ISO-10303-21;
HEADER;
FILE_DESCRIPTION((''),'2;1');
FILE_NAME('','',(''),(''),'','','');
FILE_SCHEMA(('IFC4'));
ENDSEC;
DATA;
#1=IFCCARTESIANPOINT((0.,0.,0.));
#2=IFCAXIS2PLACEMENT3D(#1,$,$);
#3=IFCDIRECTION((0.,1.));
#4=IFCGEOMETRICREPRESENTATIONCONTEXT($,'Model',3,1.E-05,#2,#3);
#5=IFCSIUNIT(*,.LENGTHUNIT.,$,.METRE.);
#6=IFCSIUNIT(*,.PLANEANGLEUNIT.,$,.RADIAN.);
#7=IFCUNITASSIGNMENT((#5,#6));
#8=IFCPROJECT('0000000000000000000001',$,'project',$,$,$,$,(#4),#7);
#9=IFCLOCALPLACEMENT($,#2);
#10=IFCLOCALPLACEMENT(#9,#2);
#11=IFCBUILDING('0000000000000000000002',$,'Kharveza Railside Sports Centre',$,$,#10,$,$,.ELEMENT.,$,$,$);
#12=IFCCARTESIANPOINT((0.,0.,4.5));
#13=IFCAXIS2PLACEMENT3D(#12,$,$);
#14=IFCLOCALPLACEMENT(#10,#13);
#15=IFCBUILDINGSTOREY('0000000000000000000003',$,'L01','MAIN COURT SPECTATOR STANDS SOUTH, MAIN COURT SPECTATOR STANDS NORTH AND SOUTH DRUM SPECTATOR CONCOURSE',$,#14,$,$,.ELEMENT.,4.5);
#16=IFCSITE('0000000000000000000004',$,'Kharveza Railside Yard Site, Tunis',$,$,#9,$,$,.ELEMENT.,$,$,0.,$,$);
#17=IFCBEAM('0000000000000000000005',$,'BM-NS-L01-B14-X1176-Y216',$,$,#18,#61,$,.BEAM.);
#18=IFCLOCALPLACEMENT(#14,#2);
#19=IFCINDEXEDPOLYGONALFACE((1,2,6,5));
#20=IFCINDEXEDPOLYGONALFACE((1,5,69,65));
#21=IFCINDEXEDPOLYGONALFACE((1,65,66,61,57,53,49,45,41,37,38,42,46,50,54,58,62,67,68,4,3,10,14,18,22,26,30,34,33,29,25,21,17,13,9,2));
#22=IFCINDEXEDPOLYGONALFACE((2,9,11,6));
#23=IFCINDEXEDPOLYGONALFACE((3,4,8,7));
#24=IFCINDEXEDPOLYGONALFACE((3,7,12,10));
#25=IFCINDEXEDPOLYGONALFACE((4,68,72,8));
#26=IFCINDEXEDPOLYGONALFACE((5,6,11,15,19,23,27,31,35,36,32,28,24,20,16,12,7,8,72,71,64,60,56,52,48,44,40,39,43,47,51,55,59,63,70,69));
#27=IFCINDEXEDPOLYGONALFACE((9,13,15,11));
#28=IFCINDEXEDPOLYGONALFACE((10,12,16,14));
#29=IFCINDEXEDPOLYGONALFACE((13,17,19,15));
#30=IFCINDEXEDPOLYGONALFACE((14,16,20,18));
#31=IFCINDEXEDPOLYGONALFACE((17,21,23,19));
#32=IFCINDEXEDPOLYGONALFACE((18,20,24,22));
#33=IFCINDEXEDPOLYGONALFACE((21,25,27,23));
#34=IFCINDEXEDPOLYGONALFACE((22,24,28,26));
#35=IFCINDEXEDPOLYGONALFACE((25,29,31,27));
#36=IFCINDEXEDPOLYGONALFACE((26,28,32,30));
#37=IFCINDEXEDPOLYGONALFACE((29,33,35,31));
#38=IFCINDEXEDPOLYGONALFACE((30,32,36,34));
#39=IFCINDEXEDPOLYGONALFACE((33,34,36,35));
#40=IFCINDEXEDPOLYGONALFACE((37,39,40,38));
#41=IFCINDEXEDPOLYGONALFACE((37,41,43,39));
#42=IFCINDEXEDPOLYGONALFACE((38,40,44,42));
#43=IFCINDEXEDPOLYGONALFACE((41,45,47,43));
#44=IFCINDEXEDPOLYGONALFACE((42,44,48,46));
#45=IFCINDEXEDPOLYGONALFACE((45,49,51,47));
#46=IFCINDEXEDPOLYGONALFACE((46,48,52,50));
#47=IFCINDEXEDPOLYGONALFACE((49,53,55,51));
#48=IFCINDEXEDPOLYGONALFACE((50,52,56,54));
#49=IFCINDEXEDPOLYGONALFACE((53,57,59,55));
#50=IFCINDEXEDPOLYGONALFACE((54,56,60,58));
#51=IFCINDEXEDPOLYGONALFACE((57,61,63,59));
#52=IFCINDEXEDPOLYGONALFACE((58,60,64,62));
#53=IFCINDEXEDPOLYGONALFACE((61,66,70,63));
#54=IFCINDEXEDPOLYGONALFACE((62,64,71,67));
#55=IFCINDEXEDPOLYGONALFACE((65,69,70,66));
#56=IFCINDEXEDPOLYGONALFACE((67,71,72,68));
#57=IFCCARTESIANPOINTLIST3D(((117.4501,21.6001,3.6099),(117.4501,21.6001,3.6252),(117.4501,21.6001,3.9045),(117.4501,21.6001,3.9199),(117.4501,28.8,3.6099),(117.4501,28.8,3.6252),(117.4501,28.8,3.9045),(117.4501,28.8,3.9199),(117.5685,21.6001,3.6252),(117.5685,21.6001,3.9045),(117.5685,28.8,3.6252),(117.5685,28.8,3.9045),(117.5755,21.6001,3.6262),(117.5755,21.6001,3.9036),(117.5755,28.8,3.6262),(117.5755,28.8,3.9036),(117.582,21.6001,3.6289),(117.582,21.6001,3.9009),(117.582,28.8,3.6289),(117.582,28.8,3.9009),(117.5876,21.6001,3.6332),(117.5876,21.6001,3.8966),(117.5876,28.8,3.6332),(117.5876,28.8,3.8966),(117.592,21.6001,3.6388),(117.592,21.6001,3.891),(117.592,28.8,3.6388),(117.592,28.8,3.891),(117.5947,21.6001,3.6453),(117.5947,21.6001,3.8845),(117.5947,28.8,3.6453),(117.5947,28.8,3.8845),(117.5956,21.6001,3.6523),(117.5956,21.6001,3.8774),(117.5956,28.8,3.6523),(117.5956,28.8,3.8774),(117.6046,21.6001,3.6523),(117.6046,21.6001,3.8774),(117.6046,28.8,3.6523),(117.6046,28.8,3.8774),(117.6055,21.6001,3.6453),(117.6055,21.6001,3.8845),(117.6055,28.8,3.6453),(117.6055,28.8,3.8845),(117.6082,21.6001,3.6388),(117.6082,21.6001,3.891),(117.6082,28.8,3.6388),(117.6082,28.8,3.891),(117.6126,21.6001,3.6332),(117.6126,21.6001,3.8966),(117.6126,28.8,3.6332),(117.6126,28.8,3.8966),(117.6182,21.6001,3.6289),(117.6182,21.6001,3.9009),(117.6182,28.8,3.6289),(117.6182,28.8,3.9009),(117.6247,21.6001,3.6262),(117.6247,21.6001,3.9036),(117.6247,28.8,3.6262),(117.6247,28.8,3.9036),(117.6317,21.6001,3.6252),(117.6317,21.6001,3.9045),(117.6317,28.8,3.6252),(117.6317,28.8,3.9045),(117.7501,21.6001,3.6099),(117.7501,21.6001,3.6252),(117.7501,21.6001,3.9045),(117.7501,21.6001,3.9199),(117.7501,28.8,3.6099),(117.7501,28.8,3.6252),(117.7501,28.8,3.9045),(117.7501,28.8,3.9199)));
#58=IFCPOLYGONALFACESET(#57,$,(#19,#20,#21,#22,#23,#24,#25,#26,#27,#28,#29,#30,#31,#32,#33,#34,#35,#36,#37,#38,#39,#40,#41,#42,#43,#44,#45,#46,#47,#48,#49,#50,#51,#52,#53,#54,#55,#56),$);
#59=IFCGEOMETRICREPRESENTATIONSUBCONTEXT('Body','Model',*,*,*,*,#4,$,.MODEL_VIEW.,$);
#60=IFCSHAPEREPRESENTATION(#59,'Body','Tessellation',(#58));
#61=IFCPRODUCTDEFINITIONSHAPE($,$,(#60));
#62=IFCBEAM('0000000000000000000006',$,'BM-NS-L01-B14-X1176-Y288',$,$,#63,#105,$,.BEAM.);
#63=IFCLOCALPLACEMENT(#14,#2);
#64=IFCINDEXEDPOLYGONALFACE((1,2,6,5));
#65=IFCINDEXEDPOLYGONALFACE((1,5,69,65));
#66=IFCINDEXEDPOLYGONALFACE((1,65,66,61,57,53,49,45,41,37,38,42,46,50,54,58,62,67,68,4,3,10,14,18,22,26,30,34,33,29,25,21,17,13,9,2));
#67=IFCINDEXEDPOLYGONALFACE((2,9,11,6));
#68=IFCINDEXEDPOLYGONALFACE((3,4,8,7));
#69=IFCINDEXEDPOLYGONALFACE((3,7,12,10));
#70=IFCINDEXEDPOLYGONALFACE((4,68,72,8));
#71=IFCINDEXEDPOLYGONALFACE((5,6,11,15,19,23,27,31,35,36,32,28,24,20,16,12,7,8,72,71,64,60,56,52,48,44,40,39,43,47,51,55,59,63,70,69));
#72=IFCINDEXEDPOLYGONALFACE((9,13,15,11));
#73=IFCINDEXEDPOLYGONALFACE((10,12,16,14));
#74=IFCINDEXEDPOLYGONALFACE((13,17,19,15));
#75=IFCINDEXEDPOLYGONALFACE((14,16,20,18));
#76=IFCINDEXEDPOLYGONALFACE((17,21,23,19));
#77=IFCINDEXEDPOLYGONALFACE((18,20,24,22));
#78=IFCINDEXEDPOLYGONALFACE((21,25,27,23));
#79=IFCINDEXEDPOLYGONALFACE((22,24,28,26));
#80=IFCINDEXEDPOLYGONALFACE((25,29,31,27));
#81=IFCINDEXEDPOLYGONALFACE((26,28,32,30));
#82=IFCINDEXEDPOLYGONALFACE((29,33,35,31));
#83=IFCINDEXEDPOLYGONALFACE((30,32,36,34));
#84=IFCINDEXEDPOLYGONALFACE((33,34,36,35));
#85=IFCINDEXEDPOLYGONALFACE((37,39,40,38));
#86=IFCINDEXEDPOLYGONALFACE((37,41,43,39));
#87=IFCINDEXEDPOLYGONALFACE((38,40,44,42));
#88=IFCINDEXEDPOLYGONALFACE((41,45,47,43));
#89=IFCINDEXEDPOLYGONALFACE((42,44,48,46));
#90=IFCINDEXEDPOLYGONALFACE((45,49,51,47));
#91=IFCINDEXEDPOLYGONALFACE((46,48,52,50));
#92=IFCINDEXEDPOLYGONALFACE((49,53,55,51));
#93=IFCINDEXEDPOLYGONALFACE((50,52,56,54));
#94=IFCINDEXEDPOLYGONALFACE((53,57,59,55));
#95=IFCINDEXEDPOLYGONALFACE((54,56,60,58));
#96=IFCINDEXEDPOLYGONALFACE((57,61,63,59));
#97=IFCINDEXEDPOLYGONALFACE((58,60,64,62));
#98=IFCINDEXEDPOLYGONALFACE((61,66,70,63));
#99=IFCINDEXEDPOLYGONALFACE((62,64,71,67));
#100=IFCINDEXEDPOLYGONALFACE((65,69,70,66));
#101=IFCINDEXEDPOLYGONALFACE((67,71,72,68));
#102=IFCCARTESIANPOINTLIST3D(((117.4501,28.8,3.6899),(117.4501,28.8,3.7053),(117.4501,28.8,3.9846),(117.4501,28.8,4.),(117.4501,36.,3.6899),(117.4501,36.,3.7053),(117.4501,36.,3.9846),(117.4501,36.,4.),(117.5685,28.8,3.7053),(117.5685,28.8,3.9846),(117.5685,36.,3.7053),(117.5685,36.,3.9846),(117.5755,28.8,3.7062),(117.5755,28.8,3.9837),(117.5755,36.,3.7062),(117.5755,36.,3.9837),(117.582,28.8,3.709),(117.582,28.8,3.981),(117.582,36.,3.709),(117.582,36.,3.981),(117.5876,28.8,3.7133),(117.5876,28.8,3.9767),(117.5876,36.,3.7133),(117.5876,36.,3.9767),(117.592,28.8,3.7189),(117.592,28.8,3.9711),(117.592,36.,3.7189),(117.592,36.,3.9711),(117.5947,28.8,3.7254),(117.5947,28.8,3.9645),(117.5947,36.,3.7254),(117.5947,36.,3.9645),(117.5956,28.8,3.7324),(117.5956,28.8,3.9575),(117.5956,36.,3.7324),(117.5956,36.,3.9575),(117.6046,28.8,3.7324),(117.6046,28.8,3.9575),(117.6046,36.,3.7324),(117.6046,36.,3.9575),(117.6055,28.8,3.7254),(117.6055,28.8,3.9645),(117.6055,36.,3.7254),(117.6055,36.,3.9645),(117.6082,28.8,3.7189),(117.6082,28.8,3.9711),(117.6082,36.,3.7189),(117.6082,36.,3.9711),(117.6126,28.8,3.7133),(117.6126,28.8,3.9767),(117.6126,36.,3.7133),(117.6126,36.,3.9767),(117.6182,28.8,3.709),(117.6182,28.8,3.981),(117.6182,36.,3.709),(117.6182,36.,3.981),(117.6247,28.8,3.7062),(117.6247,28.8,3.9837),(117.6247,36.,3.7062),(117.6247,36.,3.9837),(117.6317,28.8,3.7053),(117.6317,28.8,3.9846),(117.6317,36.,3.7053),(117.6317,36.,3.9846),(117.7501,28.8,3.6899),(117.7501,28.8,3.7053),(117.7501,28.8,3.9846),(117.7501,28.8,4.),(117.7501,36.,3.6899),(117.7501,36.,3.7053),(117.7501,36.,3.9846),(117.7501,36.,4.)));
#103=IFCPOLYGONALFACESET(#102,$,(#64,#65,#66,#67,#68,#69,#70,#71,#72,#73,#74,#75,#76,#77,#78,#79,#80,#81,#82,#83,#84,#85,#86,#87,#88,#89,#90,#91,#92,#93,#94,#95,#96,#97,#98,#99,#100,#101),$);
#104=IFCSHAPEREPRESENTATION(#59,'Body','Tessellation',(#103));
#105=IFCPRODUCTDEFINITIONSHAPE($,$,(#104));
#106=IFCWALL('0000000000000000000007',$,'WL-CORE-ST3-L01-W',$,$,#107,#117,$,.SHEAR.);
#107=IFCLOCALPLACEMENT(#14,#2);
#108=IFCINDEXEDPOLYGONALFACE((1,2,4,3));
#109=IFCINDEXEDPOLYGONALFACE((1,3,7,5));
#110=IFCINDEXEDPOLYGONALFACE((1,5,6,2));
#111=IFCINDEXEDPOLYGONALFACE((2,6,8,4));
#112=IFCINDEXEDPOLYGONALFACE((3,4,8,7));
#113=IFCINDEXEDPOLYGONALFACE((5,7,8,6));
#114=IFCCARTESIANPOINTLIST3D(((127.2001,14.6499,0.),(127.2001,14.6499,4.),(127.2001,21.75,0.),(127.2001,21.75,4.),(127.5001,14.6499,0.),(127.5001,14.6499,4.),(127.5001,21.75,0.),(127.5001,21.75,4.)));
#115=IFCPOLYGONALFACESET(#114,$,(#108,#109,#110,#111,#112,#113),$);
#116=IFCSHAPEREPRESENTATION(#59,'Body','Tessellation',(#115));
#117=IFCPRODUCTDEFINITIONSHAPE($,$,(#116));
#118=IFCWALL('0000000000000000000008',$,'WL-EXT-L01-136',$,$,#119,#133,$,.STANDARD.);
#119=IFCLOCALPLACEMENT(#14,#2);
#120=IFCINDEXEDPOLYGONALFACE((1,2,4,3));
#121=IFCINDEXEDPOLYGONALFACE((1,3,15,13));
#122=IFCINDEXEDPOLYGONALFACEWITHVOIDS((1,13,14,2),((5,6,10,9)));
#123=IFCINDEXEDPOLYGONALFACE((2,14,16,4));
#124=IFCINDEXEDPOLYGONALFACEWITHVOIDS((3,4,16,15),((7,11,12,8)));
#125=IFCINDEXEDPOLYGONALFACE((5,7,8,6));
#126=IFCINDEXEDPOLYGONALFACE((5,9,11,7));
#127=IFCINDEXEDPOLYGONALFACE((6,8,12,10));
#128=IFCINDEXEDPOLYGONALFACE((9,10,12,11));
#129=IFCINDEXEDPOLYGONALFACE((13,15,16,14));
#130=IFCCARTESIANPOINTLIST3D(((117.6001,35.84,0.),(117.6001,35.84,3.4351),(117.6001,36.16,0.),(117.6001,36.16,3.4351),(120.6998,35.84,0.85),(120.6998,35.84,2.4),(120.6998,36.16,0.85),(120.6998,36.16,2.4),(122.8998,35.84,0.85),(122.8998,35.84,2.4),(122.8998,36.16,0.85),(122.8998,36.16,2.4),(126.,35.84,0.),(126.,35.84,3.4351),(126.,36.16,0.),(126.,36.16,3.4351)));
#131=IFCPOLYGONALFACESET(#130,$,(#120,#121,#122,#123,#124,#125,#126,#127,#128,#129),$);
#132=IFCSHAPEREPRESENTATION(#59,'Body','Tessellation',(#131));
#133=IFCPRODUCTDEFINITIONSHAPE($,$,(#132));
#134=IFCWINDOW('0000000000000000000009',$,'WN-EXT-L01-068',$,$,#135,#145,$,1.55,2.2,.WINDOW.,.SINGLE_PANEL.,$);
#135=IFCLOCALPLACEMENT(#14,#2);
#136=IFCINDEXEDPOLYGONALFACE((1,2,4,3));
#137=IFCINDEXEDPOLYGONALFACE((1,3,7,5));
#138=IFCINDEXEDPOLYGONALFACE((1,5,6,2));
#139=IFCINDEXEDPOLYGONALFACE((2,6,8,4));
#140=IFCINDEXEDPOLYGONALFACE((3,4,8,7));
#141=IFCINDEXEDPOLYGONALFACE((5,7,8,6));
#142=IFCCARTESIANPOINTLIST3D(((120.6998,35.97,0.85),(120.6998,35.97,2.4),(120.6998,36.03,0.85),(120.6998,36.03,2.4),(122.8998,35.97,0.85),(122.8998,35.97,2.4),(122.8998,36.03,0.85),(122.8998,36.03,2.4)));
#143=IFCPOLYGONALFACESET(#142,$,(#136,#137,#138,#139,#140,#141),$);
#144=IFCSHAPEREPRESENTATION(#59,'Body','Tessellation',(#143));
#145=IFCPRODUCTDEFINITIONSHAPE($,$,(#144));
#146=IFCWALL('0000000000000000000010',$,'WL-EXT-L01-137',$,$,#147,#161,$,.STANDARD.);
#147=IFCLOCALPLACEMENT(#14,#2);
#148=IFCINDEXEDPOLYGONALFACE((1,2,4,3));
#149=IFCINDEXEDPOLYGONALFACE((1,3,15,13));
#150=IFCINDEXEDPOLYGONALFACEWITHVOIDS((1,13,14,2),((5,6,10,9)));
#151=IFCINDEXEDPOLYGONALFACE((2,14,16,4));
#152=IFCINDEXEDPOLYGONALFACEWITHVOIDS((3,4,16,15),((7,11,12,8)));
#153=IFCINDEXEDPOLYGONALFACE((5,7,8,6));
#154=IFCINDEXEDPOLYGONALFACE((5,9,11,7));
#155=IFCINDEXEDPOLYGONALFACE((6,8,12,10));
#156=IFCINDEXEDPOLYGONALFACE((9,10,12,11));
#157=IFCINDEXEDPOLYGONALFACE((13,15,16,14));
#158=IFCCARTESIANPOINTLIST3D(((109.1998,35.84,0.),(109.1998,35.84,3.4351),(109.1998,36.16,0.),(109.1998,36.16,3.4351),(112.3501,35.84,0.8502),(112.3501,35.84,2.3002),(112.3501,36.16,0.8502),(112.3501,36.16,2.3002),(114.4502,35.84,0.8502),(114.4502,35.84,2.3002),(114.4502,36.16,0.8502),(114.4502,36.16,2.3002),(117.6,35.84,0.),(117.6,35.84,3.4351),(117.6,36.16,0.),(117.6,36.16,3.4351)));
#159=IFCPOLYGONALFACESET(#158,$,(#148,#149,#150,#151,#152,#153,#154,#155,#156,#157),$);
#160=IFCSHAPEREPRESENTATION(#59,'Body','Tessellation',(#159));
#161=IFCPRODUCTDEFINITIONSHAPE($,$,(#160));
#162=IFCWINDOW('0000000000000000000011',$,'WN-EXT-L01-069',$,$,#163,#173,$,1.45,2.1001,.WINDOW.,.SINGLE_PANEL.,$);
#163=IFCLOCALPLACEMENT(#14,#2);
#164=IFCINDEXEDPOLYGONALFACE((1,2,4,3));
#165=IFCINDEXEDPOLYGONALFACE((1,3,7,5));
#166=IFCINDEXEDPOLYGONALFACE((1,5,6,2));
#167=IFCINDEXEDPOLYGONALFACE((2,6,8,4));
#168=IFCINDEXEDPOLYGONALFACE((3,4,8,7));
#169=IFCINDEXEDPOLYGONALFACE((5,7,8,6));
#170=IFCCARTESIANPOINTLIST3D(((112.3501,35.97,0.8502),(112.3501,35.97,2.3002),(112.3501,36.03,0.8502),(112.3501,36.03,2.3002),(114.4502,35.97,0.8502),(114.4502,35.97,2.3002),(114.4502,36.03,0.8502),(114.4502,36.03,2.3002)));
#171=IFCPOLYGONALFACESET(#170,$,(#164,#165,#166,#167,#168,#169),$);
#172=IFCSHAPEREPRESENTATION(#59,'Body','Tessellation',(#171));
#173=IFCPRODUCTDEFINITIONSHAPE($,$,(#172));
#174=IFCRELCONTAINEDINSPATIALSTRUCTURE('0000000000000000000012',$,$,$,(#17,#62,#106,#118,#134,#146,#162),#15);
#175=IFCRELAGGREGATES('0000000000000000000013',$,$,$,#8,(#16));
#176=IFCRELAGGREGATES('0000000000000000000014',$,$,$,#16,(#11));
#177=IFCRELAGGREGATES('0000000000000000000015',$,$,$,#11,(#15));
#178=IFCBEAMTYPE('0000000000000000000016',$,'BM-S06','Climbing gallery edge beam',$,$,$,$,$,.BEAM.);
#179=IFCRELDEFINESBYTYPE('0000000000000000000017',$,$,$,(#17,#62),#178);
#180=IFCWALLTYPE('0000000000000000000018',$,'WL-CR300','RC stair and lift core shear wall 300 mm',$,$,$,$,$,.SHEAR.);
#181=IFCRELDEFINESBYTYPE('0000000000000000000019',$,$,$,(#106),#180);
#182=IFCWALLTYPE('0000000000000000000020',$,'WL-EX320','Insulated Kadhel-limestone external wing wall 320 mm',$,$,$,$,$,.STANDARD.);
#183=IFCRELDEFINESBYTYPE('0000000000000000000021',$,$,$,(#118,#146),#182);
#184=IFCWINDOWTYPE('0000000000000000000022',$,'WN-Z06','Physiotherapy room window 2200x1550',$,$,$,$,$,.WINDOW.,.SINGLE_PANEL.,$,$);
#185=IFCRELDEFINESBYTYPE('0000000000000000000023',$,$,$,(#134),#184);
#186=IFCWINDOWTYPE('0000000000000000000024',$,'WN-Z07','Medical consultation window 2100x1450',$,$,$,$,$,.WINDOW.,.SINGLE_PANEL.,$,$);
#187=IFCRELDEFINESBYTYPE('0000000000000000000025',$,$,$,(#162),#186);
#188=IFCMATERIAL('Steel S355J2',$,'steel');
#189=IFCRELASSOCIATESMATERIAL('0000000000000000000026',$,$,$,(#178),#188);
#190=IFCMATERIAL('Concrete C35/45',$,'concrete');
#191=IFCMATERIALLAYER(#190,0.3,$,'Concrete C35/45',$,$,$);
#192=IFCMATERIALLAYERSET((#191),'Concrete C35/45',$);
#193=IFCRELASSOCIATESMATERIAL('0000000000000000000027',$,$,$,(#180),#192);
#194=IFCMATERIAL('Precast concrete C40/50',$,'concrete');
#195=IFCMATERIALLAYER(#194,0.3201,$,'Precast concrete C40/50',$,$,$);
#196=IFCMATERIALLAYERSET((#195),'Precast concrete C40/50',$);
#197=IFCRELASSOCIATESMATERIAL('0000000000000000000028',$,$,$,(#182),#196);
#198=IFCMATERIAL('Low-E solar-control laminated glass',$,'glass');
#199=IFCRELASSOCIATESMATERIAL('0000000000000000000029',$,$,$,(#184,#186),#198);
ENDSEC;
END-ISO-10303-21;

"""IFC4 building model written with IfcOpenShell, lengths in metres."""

from ifc_helpers import new_model, si_unit, direction, frame, frame_2d, origin, origin_2d, place, context, subcontext, project, spatial, rectangle, i_section, extrude, material, layer, layer_set, material_profile, profile_set, type_object, element, fill, save


model = new_model("IFC4")

# Units and contexts
model_context = context("Model", 3, precision=1e-05, world=origin(), true_north=direction((0.0, 1.0)))
body_context = subcontext(model_context, "Body", "Model", "MODEL_VIEW")
ifc_project = project(units=[si_unit("LENGTHUNIT", "METRE"), si_unit("PLANEANGLEUNIT", "RADIAN")], contexts=[model_context])

# Site, building, storey
site_placement = place(None, origin())
site = spatial("IfcSite", under=ifc_project, at=site_placement, Name="Kharveza Railside Yard Site, Tunis", CompositionType="ELEMENT", RefElevation=0.0)
building_placement = place(site_placement, origin())
building = spatial("IfcBuilding", under=site, at=building_placement, Name="Kharveza Railside Sports Centre", CompositionType="ELEMENT")
storey_placement = place(building_placement, frame((0.0, 0.0, 4.5)))
storey = spatial("IfcBuildingStorey", under=building, at=storey_placement, Name="L01", Description="MAIN COURT SPECTATOR STANDS SOUTH, MAIN COURT SPECTATOR STANDS NORTH AND SOUTH DRUM SPECTATOR CONCOURSE", CompositionType="ELEMENT", Elevation=4.5)

# Shared definitions
ifc_material_1 = material(Name="Steel S355J2", Category="steel")

# Beams
ifc_material_profile_1 = material_profile(ifc_material_1, i_section(OverallWidth=0.3, OverallDepth=0.3101, WebThickness=0.009, FlangeThickness=0.0154, FilletRadius=0.0271, at=origin_2d()), Name="HEA 320")
ifc_profile_set_1 = profile_set([ifc_material_profile_1], Name="Steel S355J2")
beam_type_1 = type_object("IfcBeamType", Name="BM-S06", Description="Climbing gallery edge beam", PredefinedType="BEAM", material=ifc_profile_set_1)
for number, where, z_axis, x_axis, name in (
    (1, (117.6001, 21.6001, 3.7649), (0.0, 1.0, 0.0), (-1.0, 0.0, 0.0), "BM-NS-L01-B14-X1176-Y216"),
    (2, (117.6001, 28.8, 3.845), (0.0, 1.0, 0.0), (-1.0, 0.0, 0.0), "BM-NS-L01-B14-X1176-Y288"),
):
    element("IfcBeam", number, at=place(storey_placement, frame(where, z_axis=z_axis, x_axis=x_axis)), inside=storey, type_object=beam_type_1, Name=name, PredefinedType="BEAM", context=body_context, shape_type="SweptSolid", body=[
        extrude(i_section(OverallWidth=0.3, OverallDepth=0.3101, WebThickness=0.009, FlangeThickness=0.0154, FilletRadius=0.0271, at=origin_2d()), origin(), (0.0, 0.0, 1.0), 7.2),
    ])

# Wall
ifc_material_2 = material(Name="Concrete C35/45", Category="concrete")
ifc_layer_1 = layer(ifc_material_2, 0.3, Name="Concrete C35/45")
ifc_layer_set_1 = layer_set([ifc_layer_1], Name="Concrete C35/45")
wall_type_1 = type_object("IfcWallType", Name="WL-CR300", Description="RC stair and lift core shear wall 300 mm", PredefinedType="SHEAR", material=ifc_layer_set_1)
wall_1_placement = place(storey_placement, frame((127.3501, 21.75, 0.0), z_axis=(0.0, 0.0, 1.0), x_axis=(0.0, -1.0, 0.0)))
element("IfcWall", 3, at=wall_1_placement, inside=storey, type_object=wall_type_1, Name="WL-CORE-ST3-L01-W", PredefinedType="SHEAR", context=body_context, shape_type="SweptSolid", body=[
    extrude(rectangle(XDim=7.1001, YDim=0.3, at=frame_2d((3.55, 0.0))), origin(), (0.0, 0.0, 1.0), 4.0),
])

# Walls, openings, windows
ifc_material_3 = material(Name="Precast concrete C40/50", Category="concrete")
ifc_layer_2 = layer(ifc_material_3, 0.3201, Name="Precast concrete C40/50")
ifc_layer_set_2 = layer_set([ifc_layer_2], Name="Precast concrete C40/50")
wall_type_2 = type_object("IfcWallType", Name="WL-EX320", Description="Insulated Kadhel-limestone external wing wall 320 mm", PredefinedType="STANDARD", material=ifc_layer_set_2)
wall_2_placement = place(storey_placement, frame((126.0, 36.0, 0.0), z_axis=(0.0, 0.0, 1.0), x_axis=(-1.0, 0.0, 0.0)))
wall_2 = element("IfcWall", 4, at=wall_2_placement, inside=storey, type_object=wall_type_2, Name="WL-EXT-L01-136", PredefinedType="STANDARD", context=body_context, shape_type="SweptSolid", body=[
    extrude(rectangle(XDim=8.3999, YDim=0.3201, at=frame_2d((4.2, 0.0))), origin(), (0.0, 0.0, 1.0), 3.4351),
])
opening_1_placement = place(wall_2_placement, frame((3.1001, 0.0, 0.8501)))
opening_1 = element("IfcOpeningElement", 5, at=opening_1_placement, cuts=wall_2, PredefinedType="OPENING", context=body_context, shape_type="SweptSolid", body=[
    extrude(rectangle(XDim=2.2, YDim=1.55, at=frame_2d((1.1001, 0.7749))), frame((0.0, 0.1851, 0.0), z_axis=(0.0, -1.0, 0.0), x_axis=(1.0, 0.0, 0.0)), (0.0, 0.0, 1.0), 0.3699),
])
ifc_material_4 = material(Name="Low-E solar-control laminated glass", Category="glass")
window_type_1 = type_object("IfcWindowType", Name="WN-Z06", Description="Physiotherapy room window 2200x1550", PartitioningType="SINGLE_PANEL", PredefinedType="WINDOW", material=ifc_material_4)
window_1_placement = place(opening_1_placement, origin())
window_1 = element("IfcWindow", 6, at=window_1_placement, inside=storey, type_object=window_type_1, Name="WN-EXT-L01-068", OverallHeight=1.55, OverallWidth=2.2, PartitioningType="SINGLE_PANEL", PredefinedType="WINDOW", context=body_context, shape_type="SweptSolid", body=[
    extrude(rectangle(XDim=2.2, YDim=1.55, at=frame_2d((1.1001, 0.7749))), frame((0.0, 0.03, 0.0), z_axis=(0.0, -1.0, 0.0), x_axis=(1.0, 0.0, 0.0)), (0.0, 0.0, 1.0), 0.0601),
])
fill(opening_1, window_1)
wall_3_placement = place(storey_placement, frame((117.6001, 36.0, 0.0), z_axis=(0.0, 0.0, 1.0), x_axis=(-1.0, 0.0, 0.0)))
wall_3 = element("IfcWall", 7, at=wall_3_placement, inside=storey, type_object=wall_type_2, Name="WL-EXT-L01-137", PredefinedType="STANDARD", context=body_context, shape_type="SweptSolid", body=[
    extrude(rectangle(XDim=8.4001, YDim=0.3201, at=frame_2d((4.2002, 0.0))), origin(), (0.0, 0.0, 1.0), 3.4351),
])
opening_2_placement = place(wall_3_placement, frame((3.1499, 0.0, 0.8501)))
opening_2 = element("IfcOpeningElement", 8, at=opening_2_placement, cuts=wall_3, PredefinedType="OPENING", context=body_context, shape_type="SweptSolid", body=[
    extrude(rectangle(XDim=2.1001, YDim=1.45, at=frame_2d((1.05, 0.7251))), frame((0.0, 0.1851, 0.0), z_axis=(0.0, -1.0, 0.0), x_axis=(1.0, 0.0, 0.0)), (0.0, 0.0, 1.0), 0.3699),
])
window_type_2 = type_object("IfcWindowType", Name="WN-Z07", Description="Medical consultation window 2100x1450", PartitioningType="SINGLE_PANEL", PredefinedType="WINDOW", material=ifc_material_4)
window_2_placement = place(opening_2_placement, origin())
window_2 = element("IfcWindow", 9, at=window_2_placement, inside=storey, type_object=window_type_2, Name="WN-EXT-L01-069", OverallHeight=1.45, OverallWidth=2.1001, PartitioningType="SINGLE_PANEL", PredefinedType="WINDOW", context=body_context, shape_type="SweptSolid", body=[
    extrude(rectangle(XDim=2.1001, YDim=1.45, at=frame_2d((1.05, 0.7251))), frame((0.0, 0.03, 0.0), z_axis=(0.0, -1.0, 0.0), x_axis=(1.0, 0.0, 0.0)), (0.0, 0.0, 1.0), 0.0601),
])
fill(opening_2, window_2)

save(model, "model.ifc")
